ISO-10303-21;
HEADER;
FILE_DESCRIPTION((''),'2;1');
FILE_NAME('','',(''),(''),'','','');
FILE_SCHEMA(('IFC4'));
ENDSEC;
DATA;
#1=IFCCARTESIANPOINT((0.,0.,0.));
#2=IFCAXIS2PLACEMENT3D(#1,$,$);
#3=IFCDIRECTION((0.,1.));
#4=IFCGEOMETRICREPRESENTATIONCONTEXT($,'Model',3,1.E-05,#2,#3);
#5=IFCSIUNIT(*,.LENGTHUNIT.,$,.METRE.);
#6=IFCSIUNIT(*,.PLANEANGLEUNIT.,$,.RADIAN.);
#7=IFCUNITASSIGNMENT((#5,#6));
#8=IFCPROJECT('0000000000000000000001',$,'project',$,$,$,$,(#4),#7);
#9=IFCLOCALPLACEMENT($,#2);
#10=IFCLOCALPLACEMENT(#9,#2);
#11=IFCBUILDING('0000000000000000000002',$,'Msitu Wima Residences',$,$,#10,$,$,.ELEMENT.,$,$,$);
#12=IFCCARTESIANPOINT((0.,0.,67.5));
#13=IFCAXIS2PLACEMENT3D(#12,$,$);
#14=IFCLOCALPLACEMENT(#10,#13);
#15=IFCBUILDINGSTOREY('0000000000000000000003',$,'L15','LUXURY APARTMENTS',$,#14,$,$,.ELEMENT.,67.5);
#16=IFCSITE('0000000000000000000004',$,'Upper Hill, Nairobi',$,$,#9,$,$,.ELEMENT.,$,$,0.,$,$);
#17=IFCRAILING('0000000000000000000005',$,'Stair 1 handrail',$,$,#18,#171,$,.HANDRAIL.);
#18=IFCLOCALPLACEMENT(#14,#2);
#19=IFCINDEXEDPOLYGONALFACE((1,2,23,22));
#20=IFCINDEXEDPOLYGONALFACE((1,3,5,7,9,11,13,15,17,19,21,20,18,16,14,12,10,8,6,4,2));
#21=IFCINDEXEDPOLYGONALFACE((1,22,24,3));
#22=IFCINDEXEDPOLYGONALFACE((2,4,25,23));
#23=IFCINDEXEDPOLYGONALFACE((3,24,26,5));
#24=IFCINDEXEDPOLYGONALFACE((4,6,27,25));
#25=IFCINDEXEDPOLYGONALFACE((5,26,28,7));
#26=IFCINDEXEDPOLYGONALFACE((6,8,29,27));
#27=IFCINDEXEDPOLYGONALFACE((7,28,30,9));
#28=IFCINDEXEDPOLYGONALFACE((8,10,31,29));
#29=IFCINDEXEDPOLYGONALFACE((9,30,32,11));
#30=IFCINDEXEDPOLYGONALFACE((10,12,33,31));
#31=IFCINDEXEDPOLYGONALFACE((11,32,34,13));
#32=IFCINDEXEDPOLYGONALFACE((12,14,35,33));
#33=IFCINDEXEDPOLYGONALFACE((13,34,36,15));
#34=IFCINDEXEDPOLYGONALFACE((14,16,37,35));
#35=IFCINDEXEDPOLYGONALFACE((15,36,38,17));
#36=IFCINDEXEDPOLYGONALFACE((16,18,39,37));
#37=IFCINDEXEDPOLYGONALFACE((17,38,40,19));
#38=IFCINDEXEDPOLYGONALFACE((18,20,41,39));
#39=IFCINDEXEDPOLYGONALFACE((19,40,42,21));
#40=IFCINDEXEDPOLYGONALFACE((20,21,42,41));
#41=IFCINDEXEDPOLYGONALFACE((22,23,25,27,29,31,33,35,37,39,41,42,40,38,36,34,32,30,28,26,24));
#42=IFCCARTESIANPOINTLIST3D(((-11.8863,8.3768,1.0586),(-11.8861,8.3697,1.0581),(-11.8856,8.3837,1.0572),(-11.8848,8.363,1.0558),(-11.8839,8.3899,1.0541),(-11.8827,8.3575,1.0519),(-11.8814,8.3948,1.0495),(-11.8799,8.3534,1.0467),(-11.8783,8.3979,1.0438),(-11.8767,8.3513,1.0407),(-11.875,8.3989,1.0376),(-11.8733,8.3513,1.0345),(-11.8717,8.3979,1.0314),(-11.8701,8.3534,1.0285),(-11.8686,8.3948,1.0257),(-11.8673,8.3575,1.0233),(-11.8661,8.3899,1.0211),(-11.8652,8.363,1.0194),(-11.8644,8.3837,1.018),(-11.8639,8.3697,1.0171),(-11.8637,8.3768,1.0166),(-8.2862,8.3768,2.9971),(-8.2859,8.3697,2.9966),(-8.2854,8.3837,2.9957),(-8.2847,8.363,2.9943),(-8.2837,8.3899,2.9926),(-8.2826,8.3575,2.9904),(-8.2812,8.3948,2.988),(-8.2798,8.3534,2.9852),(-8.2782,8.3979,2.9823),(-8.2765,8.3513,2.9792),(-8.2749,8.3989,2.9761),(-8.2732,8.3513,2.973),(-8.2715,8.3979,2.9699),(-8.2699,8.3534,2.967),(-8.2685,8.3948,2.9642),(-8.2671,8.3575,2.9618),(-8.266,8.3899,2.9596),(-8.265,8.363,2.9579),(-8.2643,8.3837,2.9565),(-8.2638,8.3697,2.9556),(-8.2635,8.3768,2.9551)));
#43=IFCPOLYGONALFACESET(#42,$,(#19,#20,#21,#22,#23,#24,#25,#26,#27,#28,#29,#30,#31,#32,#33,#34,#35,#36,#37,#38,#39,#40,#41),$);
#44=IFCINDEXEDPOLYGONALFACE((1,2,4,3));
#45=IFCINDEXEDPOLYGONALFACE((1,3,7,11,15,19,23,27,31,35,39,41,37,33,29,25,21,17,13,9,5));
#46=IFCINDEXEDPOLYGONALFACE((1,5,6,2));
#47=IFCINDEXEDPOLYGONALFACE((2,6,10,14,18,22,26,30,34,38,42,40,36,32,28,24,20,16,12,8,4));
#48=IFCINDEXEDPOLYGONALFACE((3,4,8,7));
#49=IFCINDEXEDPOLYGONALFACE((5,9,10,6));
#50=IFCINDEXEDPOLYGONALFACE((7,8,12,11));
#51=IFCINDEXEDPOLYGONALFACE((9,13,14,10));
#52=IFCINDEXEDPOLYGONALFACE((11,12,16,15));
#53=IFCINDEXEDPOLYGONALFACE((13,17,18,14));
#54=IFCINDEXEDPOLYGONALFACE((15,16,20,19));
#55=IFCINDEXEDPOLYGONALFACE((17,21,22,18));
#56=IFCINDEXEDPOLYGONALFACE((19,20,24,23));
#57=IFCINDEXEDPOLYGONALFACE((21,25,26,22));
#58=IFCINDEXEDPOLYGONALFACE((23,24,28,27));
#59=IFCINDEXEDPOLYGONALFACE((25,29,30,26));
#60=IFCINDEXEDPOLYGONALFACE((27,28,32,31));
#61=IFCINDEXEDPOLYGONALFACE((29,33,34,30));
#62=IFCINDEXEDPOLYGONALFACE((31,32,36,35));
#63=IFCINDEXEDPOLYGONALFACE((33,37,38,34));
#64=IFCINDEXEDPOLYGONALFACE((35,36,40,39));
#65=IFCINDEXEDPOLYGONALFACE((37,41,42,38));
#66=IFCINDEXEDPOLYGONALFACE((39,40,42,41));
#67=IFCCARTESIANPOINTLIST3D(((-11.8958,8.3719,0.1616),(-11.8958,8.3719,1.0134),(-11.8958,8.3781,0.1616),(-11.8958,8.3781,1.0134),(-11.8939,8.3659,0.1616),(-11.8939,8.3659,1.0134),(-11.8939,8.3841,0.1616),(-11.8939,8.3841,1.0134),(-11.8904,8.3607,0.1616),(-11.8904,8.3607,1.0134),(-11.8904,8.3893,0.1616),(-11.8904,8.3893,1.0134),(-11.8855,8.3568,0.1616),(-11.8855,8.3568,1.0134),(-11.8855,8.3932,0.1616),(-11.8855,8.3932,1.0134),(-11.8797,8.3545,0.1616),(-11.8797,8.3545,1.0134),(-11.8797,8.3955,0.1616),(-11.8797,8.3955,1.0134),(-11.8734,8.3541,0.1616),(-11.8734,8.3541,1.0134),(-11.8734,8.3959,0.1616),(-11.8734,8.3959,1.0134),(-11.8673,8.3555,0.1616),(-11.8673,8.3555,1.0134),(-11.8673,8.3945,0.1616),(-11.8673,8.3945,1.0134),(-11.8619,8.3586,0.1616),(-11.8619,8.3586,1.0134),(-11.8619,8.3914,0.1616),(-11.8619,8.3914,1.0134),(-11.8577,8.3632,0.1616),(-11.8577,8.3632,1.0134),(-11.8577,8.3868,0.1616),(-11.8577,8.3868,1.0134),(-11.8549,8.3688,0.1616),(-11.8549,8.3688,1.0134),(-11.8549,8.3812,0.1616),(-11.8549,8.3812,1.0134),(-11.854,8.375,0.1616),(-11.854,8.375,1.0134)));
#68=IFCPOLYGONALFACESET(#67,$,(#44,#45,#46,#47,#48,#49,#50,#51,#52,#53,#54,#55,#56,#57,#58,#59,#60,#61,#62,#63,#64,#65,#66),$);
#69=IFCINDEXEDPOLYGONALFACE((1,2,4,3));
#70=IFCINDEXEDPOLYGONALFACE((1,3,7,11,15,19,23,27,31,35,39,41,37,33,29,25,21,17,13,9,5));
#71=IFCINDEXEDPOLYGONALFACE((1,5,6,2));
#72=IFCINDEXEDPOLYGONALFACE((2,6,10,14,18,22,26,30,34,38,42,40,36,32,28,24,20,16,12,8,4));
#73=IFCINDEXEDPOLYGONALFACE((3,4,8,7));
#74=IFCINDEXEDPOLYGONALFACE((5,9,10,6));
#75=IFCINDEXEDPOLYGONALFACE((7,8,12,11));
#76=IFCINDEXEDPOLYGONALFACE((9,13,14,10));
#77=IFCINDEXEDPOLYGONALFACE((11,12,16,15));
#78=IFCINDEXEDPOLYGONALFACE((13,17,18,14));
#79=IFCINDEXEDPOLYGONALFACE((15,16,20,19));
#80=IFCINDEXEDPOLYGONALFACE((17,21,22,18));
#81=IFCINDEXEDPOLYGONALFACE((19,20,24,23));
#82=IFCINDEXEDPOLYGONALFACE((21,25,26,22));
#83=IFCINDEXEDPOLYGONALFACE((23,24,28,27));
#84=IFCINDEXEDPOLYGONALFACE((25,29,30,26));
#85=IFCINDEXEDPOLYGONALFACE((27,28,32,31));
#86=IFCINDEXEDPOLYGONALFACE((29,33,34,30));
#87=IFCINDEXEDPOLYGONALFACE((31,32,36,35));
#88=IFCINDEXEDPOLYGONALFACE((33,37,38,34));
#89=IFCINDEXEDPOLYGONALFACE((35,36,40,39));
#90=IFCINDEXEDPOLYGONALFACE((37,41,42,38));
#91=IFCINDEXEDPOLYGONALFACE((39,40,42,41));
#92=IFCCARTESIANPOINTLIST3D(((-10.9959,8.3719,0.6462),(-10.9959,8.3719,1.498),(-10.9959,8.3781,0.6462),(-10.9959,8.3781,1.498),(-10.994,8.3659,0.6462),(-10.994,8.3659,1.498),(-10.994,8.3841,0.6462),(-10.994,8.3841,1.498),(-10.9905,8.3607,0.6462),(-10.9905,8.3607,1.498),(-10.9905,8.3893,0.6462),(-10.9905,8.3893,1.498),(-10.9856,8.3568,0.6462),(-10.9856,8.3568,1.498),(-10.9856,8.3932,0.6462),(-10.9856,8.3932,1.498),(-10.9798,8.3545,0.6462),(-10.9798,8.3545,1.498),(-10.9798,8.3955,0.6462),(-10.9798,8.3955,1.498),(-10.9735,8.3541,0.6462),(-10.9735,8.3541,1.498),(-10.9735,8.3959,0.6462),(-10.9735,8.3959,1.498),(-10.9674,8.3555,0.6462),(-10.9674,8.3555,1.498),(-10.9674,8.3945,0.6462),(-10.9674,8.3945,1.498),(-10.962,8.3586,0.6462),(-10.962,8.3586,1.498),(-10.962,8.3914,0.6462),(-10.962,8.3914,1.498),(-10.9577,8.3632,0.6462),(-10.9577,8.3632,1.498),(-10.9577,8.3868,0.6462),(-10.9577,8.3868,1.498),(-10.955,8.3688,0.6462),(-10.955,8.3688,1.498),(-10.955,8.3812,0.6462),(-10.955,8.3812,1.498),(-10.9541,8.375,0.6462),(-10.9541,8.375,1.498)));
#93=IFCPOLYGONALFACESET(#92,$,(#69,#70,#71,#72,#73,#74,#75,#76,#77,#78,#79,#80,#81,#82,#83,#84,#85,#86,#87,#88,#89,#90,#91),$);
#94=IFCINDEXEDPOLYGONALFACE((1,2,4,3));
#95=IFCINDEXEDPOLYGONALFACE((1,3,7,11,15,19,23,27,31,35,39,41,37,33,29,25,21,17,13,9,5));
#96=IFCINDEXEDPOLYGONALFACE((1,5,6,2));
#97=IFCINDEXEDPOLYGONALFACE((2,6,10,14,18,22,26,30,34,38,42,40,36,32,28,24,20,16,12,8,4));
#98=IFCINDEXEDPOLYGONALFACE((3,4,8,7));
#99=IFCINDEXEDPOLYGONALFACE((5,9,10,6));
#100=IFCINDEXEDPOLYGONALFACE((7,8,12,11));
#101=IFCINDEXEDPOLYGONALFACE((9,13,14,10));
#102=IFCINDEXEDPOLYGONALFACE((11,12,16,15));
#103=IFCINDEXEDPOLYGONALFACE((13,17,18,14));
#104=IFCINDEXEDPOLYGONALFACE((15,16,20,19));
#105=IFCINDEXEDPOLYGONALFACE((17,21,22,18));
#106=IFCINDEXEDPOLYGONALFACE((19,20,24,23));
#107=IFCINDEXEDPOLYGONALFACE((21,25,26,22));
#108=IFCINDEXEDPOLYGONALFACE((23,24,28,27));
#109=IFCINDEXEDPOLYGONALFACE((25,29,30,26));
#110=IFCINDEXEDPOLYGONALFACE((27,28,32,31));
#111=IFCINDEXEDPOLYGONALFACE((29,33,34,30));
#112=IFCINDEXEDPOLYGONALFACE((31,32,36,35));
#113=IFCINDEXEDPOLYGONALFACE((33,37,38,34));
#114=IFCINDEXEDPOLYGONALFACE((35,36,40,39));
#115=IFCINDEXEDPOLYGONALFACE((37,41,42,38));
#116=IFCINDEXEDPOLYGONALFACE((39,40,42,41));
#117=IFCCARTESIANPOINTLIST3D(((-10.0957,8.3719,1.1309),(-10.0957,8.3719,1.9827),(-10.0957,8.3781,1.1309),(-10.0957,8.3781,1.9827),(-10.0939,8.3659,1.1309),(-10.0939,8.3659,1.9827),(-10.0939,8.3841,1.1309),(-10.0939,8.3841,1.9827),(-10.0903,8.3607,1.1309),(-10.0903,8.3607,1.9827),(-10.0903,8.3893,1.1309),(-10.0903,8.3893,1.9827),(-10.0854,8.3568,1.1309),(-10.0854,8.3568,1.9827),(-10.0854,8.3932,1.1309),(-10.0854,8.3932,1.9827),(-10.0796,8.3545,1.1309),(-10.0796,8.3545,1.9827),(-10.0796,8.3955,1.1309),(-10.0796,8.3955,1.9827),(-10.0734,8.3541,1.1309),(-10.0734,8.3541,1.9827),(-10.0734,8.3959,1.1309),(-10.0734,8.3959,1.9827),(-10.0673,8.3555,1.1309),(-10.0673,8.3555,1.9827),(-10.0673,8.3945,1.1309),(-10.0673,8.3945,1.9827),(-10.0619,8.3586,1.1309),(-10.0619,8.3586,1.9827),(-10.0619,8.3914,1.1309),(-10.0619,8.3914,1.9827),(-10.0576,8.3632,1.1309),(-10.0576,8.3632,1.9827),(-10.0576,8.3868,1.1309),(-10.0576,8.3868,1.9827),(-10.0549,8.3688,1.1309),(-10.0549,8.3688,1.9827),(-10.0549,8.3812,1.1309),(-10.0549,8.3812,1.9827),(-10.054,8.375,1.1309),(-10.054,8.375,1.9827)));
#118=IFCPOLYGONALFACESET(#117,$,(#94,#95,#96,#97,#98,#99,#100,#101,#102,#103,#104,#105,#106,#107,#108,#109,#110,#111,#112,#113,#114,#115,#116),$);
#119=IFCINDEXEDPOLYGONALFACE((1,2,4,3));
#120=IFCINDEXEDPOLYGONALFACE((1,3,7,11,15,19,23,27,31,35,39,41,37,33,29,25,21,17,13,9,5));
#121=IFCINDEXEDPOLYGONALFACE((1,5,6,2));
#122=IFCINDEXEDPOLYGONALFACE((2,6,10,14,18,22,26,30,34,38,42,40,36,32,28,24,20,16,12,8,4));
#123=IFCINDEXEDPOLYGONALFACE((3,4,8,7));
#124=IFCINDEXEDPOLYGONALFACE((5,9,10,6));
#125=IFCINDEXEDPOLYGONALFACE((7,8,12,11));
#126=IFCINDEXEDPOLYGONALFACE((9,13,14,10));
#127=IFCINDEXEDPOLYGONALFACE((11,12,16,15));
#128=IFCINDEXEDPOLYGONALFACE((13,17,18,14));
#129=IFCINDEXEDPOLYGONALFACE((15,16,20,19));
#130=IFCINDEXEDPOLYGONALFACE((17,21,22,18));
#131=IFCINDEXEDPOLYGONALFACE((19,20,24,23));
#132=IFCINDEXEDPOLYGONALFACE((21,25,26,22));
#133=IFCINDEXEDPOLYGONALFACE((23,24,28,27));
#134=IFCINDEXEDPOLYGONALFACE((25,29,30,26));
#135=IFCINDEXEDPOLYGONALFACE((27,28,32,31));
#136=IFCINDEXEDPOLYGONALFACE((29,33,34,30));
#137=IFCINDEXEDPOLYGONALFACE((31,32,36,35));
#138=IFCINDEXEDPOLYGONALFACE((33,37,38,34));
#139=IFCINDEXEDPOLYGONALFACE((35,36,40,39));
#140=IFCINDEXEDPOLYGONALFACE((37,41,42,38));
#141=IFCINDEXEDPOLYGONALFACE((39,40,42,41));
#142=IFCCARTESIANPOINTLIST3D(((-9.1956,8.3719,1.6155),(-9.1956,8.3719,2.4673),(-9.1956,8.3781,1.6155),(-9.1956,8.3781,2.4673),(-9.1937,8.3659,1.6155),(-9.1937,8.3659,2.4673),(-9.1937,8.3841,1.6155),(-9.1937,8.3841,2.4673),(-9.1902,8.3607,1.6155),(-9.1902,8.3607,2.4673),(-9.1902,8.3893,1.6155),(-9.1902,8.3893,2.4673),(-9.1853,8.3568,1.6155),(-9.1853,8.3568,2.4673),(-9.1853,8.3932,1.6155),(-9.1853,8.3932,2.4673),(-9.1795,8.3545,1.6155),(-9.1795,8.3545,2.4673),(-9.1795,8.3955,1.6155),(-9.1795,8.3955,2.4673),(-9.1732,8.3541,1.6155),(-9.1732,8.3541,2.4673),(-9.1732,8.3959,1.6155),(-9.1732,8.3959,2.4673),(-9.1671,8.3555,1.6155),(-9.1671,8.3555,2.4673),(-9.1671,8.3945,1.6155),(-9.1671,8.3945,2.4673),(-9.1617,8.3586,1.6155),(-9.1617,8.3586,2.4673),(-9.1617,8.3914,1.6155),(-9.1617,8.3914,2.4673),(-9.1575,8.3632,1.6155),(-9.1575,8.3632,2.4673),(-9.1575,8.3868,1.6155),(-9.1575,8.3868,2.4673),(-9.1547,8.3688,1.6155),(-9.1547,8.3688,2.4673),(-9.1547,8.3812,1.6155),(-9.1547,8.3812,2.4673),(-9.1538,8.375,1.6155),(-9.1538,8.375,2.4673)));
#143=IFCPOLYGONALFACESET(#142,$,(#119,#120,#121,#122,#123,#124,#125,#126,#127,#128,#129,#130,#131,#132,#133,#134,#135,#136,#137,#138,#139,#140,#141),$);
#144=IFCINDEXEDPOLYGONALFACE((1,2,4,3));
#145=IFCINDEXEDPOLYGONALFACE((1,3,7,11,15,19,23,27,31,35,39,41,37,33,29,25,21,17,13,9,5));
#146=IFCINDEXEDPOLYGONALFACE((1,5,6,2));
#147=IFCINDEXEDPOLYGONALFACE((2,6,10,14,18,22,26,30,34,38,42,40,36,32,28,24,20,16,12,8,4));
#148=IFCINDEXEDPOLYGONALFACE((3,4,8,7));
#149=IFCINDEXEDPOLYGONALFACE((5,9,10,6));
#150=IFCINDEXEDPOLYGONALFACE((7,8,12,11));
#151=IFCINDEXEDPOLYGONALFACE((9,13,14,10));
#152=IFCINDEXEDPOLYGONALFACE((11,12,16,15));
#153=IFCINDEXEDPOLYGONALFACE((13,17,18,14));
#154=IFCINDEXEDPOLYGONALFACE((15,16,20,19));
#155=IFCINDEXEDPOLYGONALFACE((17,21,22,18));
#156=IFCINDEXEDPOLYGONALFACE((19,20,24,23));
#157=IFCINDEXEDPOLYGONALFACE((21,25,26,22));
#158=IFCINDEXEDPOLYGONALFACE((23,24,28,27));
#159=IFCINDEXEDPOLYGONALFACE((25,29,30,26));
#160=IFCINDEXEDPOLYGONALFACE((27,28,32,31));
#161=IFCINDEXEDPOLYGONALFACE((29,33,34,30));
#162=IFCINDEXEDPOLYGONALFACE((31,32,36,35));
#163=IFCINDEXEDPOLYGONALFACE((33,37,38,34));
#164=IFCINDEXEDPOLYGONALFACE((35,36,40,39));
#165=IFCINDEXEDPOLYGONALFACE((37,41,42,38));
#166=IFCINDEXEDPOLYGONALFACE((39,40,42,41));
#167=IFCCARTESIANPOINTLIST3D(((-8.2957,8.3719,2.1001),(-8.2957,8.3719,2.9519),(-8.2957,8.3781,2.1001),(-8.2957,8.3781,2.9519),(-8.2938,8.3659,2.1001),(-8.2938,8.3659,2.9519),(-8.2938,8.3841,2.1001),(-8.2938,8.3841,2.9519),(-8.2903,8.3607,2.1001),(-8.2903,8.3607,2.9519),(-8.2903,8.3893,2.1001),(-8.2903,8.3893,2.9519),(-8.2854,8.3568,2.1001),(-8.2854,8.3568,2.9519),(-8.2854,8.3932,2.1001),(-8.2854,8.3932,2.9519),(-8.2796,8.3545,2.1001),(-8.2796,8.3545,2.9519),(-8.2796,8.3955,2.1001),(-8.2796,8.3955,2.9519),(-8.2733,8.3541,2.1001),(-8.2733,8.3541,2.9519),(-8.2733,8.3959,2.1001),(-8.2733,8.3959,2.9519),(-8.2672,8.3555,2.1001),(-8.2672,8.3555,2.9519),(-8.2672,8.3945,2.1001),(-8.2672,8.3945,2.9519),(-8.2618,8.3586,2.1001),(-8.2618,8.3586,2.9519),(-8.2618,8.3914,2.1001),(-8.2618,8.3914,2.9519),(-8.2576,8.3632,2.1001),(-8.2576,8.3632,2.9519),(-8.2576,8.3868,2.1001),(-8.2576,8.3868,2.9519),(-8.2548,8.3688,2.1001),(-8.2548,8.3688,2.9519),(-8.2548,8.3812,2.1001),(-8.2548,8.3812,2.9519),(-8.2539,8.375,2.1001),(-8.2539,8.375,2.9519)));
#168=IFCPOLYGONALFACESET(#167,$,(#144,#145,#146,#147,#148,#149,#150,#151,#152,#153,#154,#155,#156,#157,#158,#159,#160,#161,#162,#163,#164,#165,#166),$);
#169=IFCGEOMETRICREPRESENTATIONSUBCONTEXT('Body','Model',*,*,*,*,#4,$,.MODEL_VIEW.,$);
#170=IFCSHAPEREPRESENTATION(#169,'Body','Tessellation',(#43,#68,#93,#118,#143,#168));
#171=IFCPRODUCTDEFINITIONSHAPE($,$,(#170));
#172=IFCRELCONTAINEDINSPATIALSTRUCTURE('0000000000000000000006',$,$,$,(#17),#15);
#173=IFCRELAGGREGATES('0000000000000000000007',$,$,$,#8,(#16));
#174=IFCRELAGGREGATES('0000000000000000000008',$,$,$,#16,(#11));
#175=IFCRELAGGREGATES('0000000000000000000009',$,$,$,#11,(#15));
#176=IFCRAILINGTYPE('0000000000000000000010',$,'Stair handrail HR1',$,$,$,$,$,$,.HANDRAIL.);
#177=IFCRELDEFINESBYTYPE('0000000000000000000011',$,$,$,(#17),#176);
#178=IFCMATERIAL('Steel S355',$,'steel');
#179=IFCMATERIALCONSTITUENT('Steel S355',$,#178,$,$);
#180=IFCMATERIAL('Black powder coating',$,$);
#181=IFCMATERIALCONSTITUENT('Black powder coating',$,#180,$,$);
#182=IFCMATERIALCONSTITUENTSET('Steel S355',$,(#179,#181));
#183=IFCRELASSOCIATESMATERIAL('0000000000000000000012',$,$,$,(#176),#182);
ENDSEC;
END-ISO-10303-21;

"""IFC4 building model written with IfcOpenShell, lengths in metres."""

from ifc_helpers import new_model, si_unit, direction, frame, origin, origin_2d, place, context, subcontext, project, spatial, circle, extrude, material, constituent, constituent_set, type_object, element, save


model = new_model("IFC4")

# Units and contexts
model_context = context("Model", 3, precision=1e-05, world=origin(), true_north=direction((0.0, 1.0)))
body_context = subcontext(model_context, "Body", "Model", "MODEL_VIEW")
ifc_project = project(units=[si_unit("LENGTHUNIT", "METRE"), si_unit("PLANEANGLEUNIT", "RADIAN")], contexts=[model_context])

# Site, building, storey
site_placement = place(None, origin())
site = spatial("IfcSite", under=ifc_project, at=site_placement, Name="Upper Hill, Nairobi", CompositionType="ELEMENT", RefElevation=0.0)
building_placement = place(site_placement, origin())
building = spatial("IfcBuilding", under=site, at=building_placement, Name="Msitu Wima Residences", CompositionType="ELEMENT")
storey_placement = place(building_placement, frame((0.0, 0.0, 67.5)))
storey = spatial("IfcBuildingStorey", under=building, at=storey_placement, Name="L15", Description="LUXURY APARTMENTS", CompositionType="ELEMENT", Elevation=67.5)

# Railing
ifc_material_1 = material(Name="Steel S355", Category="steel")
ifc_constituent_1 = constituent(ifc_material_1, Name="Steel S355")
ifc_material_2 = material(Name="Black powder coating")
ifc_constituent_2 = constituent(ifc_material_2, Name="Black powder coating")
ifc_constituent_set = constituent_set(constituents=[ifc_constituent_1, ifc_constituent_2], Name="Steel S355")
railing_type = type_object("IfcRailingType", Name="Stair handrail HR1", PredefinedType="HANDRAIL", material=ifc_constituent_set)
for number, where, name in (
    (1, (-11.875, 8.375, 0.1616), "Stair 1 handrail"),
):
    element("IfcRailing", number, at=place(storey_placement, frame(where)), inside=storey, type_object=railing_type, Name=name, PredefinedType="HANDRAIL", context=body_context, shape_type="SweptSolid", body=[
        extrude(circle(Radius=0.0239, at=origin_2d()), frame((0.0, 0.0, 0.876), z_axis=(0.880475, 0.0, 0.474093), x_axis=(0.0, 1.0, 0.0)), (0.0, 0.0, 1.0), 4.0889),
        extrude(circle(Radius=0.021, at=origin_2d()), origin(), (0.0, 0.0, 1.0), 0.8518),
        extrude(circle(Radius=0.021, at=origin_2d()), frame((0.8999, 0.0, 0.4846)), (0.0, 0.0, 1.0), 0.8518),
        extrude(circle(Radius=0.021, at=origin_2d()), frame((1.8, 0.0, 0.9692)), (0.0, 0.0, 1.0), 0.8518),
        extrude(circle(Radius=0.021, at=origin_2d()), frame((2.7002, 0.0, 1.4539)), (0.0, 0.0, 1.0), 0.8518),
        extrude(circle(Radius=0.021, at=origin_2d()), frame((3.6001, 0.0, 1.9385)), (0.0, 0.0, 1.0), 0.8518),
    ])

save(model, "model.ifc")
